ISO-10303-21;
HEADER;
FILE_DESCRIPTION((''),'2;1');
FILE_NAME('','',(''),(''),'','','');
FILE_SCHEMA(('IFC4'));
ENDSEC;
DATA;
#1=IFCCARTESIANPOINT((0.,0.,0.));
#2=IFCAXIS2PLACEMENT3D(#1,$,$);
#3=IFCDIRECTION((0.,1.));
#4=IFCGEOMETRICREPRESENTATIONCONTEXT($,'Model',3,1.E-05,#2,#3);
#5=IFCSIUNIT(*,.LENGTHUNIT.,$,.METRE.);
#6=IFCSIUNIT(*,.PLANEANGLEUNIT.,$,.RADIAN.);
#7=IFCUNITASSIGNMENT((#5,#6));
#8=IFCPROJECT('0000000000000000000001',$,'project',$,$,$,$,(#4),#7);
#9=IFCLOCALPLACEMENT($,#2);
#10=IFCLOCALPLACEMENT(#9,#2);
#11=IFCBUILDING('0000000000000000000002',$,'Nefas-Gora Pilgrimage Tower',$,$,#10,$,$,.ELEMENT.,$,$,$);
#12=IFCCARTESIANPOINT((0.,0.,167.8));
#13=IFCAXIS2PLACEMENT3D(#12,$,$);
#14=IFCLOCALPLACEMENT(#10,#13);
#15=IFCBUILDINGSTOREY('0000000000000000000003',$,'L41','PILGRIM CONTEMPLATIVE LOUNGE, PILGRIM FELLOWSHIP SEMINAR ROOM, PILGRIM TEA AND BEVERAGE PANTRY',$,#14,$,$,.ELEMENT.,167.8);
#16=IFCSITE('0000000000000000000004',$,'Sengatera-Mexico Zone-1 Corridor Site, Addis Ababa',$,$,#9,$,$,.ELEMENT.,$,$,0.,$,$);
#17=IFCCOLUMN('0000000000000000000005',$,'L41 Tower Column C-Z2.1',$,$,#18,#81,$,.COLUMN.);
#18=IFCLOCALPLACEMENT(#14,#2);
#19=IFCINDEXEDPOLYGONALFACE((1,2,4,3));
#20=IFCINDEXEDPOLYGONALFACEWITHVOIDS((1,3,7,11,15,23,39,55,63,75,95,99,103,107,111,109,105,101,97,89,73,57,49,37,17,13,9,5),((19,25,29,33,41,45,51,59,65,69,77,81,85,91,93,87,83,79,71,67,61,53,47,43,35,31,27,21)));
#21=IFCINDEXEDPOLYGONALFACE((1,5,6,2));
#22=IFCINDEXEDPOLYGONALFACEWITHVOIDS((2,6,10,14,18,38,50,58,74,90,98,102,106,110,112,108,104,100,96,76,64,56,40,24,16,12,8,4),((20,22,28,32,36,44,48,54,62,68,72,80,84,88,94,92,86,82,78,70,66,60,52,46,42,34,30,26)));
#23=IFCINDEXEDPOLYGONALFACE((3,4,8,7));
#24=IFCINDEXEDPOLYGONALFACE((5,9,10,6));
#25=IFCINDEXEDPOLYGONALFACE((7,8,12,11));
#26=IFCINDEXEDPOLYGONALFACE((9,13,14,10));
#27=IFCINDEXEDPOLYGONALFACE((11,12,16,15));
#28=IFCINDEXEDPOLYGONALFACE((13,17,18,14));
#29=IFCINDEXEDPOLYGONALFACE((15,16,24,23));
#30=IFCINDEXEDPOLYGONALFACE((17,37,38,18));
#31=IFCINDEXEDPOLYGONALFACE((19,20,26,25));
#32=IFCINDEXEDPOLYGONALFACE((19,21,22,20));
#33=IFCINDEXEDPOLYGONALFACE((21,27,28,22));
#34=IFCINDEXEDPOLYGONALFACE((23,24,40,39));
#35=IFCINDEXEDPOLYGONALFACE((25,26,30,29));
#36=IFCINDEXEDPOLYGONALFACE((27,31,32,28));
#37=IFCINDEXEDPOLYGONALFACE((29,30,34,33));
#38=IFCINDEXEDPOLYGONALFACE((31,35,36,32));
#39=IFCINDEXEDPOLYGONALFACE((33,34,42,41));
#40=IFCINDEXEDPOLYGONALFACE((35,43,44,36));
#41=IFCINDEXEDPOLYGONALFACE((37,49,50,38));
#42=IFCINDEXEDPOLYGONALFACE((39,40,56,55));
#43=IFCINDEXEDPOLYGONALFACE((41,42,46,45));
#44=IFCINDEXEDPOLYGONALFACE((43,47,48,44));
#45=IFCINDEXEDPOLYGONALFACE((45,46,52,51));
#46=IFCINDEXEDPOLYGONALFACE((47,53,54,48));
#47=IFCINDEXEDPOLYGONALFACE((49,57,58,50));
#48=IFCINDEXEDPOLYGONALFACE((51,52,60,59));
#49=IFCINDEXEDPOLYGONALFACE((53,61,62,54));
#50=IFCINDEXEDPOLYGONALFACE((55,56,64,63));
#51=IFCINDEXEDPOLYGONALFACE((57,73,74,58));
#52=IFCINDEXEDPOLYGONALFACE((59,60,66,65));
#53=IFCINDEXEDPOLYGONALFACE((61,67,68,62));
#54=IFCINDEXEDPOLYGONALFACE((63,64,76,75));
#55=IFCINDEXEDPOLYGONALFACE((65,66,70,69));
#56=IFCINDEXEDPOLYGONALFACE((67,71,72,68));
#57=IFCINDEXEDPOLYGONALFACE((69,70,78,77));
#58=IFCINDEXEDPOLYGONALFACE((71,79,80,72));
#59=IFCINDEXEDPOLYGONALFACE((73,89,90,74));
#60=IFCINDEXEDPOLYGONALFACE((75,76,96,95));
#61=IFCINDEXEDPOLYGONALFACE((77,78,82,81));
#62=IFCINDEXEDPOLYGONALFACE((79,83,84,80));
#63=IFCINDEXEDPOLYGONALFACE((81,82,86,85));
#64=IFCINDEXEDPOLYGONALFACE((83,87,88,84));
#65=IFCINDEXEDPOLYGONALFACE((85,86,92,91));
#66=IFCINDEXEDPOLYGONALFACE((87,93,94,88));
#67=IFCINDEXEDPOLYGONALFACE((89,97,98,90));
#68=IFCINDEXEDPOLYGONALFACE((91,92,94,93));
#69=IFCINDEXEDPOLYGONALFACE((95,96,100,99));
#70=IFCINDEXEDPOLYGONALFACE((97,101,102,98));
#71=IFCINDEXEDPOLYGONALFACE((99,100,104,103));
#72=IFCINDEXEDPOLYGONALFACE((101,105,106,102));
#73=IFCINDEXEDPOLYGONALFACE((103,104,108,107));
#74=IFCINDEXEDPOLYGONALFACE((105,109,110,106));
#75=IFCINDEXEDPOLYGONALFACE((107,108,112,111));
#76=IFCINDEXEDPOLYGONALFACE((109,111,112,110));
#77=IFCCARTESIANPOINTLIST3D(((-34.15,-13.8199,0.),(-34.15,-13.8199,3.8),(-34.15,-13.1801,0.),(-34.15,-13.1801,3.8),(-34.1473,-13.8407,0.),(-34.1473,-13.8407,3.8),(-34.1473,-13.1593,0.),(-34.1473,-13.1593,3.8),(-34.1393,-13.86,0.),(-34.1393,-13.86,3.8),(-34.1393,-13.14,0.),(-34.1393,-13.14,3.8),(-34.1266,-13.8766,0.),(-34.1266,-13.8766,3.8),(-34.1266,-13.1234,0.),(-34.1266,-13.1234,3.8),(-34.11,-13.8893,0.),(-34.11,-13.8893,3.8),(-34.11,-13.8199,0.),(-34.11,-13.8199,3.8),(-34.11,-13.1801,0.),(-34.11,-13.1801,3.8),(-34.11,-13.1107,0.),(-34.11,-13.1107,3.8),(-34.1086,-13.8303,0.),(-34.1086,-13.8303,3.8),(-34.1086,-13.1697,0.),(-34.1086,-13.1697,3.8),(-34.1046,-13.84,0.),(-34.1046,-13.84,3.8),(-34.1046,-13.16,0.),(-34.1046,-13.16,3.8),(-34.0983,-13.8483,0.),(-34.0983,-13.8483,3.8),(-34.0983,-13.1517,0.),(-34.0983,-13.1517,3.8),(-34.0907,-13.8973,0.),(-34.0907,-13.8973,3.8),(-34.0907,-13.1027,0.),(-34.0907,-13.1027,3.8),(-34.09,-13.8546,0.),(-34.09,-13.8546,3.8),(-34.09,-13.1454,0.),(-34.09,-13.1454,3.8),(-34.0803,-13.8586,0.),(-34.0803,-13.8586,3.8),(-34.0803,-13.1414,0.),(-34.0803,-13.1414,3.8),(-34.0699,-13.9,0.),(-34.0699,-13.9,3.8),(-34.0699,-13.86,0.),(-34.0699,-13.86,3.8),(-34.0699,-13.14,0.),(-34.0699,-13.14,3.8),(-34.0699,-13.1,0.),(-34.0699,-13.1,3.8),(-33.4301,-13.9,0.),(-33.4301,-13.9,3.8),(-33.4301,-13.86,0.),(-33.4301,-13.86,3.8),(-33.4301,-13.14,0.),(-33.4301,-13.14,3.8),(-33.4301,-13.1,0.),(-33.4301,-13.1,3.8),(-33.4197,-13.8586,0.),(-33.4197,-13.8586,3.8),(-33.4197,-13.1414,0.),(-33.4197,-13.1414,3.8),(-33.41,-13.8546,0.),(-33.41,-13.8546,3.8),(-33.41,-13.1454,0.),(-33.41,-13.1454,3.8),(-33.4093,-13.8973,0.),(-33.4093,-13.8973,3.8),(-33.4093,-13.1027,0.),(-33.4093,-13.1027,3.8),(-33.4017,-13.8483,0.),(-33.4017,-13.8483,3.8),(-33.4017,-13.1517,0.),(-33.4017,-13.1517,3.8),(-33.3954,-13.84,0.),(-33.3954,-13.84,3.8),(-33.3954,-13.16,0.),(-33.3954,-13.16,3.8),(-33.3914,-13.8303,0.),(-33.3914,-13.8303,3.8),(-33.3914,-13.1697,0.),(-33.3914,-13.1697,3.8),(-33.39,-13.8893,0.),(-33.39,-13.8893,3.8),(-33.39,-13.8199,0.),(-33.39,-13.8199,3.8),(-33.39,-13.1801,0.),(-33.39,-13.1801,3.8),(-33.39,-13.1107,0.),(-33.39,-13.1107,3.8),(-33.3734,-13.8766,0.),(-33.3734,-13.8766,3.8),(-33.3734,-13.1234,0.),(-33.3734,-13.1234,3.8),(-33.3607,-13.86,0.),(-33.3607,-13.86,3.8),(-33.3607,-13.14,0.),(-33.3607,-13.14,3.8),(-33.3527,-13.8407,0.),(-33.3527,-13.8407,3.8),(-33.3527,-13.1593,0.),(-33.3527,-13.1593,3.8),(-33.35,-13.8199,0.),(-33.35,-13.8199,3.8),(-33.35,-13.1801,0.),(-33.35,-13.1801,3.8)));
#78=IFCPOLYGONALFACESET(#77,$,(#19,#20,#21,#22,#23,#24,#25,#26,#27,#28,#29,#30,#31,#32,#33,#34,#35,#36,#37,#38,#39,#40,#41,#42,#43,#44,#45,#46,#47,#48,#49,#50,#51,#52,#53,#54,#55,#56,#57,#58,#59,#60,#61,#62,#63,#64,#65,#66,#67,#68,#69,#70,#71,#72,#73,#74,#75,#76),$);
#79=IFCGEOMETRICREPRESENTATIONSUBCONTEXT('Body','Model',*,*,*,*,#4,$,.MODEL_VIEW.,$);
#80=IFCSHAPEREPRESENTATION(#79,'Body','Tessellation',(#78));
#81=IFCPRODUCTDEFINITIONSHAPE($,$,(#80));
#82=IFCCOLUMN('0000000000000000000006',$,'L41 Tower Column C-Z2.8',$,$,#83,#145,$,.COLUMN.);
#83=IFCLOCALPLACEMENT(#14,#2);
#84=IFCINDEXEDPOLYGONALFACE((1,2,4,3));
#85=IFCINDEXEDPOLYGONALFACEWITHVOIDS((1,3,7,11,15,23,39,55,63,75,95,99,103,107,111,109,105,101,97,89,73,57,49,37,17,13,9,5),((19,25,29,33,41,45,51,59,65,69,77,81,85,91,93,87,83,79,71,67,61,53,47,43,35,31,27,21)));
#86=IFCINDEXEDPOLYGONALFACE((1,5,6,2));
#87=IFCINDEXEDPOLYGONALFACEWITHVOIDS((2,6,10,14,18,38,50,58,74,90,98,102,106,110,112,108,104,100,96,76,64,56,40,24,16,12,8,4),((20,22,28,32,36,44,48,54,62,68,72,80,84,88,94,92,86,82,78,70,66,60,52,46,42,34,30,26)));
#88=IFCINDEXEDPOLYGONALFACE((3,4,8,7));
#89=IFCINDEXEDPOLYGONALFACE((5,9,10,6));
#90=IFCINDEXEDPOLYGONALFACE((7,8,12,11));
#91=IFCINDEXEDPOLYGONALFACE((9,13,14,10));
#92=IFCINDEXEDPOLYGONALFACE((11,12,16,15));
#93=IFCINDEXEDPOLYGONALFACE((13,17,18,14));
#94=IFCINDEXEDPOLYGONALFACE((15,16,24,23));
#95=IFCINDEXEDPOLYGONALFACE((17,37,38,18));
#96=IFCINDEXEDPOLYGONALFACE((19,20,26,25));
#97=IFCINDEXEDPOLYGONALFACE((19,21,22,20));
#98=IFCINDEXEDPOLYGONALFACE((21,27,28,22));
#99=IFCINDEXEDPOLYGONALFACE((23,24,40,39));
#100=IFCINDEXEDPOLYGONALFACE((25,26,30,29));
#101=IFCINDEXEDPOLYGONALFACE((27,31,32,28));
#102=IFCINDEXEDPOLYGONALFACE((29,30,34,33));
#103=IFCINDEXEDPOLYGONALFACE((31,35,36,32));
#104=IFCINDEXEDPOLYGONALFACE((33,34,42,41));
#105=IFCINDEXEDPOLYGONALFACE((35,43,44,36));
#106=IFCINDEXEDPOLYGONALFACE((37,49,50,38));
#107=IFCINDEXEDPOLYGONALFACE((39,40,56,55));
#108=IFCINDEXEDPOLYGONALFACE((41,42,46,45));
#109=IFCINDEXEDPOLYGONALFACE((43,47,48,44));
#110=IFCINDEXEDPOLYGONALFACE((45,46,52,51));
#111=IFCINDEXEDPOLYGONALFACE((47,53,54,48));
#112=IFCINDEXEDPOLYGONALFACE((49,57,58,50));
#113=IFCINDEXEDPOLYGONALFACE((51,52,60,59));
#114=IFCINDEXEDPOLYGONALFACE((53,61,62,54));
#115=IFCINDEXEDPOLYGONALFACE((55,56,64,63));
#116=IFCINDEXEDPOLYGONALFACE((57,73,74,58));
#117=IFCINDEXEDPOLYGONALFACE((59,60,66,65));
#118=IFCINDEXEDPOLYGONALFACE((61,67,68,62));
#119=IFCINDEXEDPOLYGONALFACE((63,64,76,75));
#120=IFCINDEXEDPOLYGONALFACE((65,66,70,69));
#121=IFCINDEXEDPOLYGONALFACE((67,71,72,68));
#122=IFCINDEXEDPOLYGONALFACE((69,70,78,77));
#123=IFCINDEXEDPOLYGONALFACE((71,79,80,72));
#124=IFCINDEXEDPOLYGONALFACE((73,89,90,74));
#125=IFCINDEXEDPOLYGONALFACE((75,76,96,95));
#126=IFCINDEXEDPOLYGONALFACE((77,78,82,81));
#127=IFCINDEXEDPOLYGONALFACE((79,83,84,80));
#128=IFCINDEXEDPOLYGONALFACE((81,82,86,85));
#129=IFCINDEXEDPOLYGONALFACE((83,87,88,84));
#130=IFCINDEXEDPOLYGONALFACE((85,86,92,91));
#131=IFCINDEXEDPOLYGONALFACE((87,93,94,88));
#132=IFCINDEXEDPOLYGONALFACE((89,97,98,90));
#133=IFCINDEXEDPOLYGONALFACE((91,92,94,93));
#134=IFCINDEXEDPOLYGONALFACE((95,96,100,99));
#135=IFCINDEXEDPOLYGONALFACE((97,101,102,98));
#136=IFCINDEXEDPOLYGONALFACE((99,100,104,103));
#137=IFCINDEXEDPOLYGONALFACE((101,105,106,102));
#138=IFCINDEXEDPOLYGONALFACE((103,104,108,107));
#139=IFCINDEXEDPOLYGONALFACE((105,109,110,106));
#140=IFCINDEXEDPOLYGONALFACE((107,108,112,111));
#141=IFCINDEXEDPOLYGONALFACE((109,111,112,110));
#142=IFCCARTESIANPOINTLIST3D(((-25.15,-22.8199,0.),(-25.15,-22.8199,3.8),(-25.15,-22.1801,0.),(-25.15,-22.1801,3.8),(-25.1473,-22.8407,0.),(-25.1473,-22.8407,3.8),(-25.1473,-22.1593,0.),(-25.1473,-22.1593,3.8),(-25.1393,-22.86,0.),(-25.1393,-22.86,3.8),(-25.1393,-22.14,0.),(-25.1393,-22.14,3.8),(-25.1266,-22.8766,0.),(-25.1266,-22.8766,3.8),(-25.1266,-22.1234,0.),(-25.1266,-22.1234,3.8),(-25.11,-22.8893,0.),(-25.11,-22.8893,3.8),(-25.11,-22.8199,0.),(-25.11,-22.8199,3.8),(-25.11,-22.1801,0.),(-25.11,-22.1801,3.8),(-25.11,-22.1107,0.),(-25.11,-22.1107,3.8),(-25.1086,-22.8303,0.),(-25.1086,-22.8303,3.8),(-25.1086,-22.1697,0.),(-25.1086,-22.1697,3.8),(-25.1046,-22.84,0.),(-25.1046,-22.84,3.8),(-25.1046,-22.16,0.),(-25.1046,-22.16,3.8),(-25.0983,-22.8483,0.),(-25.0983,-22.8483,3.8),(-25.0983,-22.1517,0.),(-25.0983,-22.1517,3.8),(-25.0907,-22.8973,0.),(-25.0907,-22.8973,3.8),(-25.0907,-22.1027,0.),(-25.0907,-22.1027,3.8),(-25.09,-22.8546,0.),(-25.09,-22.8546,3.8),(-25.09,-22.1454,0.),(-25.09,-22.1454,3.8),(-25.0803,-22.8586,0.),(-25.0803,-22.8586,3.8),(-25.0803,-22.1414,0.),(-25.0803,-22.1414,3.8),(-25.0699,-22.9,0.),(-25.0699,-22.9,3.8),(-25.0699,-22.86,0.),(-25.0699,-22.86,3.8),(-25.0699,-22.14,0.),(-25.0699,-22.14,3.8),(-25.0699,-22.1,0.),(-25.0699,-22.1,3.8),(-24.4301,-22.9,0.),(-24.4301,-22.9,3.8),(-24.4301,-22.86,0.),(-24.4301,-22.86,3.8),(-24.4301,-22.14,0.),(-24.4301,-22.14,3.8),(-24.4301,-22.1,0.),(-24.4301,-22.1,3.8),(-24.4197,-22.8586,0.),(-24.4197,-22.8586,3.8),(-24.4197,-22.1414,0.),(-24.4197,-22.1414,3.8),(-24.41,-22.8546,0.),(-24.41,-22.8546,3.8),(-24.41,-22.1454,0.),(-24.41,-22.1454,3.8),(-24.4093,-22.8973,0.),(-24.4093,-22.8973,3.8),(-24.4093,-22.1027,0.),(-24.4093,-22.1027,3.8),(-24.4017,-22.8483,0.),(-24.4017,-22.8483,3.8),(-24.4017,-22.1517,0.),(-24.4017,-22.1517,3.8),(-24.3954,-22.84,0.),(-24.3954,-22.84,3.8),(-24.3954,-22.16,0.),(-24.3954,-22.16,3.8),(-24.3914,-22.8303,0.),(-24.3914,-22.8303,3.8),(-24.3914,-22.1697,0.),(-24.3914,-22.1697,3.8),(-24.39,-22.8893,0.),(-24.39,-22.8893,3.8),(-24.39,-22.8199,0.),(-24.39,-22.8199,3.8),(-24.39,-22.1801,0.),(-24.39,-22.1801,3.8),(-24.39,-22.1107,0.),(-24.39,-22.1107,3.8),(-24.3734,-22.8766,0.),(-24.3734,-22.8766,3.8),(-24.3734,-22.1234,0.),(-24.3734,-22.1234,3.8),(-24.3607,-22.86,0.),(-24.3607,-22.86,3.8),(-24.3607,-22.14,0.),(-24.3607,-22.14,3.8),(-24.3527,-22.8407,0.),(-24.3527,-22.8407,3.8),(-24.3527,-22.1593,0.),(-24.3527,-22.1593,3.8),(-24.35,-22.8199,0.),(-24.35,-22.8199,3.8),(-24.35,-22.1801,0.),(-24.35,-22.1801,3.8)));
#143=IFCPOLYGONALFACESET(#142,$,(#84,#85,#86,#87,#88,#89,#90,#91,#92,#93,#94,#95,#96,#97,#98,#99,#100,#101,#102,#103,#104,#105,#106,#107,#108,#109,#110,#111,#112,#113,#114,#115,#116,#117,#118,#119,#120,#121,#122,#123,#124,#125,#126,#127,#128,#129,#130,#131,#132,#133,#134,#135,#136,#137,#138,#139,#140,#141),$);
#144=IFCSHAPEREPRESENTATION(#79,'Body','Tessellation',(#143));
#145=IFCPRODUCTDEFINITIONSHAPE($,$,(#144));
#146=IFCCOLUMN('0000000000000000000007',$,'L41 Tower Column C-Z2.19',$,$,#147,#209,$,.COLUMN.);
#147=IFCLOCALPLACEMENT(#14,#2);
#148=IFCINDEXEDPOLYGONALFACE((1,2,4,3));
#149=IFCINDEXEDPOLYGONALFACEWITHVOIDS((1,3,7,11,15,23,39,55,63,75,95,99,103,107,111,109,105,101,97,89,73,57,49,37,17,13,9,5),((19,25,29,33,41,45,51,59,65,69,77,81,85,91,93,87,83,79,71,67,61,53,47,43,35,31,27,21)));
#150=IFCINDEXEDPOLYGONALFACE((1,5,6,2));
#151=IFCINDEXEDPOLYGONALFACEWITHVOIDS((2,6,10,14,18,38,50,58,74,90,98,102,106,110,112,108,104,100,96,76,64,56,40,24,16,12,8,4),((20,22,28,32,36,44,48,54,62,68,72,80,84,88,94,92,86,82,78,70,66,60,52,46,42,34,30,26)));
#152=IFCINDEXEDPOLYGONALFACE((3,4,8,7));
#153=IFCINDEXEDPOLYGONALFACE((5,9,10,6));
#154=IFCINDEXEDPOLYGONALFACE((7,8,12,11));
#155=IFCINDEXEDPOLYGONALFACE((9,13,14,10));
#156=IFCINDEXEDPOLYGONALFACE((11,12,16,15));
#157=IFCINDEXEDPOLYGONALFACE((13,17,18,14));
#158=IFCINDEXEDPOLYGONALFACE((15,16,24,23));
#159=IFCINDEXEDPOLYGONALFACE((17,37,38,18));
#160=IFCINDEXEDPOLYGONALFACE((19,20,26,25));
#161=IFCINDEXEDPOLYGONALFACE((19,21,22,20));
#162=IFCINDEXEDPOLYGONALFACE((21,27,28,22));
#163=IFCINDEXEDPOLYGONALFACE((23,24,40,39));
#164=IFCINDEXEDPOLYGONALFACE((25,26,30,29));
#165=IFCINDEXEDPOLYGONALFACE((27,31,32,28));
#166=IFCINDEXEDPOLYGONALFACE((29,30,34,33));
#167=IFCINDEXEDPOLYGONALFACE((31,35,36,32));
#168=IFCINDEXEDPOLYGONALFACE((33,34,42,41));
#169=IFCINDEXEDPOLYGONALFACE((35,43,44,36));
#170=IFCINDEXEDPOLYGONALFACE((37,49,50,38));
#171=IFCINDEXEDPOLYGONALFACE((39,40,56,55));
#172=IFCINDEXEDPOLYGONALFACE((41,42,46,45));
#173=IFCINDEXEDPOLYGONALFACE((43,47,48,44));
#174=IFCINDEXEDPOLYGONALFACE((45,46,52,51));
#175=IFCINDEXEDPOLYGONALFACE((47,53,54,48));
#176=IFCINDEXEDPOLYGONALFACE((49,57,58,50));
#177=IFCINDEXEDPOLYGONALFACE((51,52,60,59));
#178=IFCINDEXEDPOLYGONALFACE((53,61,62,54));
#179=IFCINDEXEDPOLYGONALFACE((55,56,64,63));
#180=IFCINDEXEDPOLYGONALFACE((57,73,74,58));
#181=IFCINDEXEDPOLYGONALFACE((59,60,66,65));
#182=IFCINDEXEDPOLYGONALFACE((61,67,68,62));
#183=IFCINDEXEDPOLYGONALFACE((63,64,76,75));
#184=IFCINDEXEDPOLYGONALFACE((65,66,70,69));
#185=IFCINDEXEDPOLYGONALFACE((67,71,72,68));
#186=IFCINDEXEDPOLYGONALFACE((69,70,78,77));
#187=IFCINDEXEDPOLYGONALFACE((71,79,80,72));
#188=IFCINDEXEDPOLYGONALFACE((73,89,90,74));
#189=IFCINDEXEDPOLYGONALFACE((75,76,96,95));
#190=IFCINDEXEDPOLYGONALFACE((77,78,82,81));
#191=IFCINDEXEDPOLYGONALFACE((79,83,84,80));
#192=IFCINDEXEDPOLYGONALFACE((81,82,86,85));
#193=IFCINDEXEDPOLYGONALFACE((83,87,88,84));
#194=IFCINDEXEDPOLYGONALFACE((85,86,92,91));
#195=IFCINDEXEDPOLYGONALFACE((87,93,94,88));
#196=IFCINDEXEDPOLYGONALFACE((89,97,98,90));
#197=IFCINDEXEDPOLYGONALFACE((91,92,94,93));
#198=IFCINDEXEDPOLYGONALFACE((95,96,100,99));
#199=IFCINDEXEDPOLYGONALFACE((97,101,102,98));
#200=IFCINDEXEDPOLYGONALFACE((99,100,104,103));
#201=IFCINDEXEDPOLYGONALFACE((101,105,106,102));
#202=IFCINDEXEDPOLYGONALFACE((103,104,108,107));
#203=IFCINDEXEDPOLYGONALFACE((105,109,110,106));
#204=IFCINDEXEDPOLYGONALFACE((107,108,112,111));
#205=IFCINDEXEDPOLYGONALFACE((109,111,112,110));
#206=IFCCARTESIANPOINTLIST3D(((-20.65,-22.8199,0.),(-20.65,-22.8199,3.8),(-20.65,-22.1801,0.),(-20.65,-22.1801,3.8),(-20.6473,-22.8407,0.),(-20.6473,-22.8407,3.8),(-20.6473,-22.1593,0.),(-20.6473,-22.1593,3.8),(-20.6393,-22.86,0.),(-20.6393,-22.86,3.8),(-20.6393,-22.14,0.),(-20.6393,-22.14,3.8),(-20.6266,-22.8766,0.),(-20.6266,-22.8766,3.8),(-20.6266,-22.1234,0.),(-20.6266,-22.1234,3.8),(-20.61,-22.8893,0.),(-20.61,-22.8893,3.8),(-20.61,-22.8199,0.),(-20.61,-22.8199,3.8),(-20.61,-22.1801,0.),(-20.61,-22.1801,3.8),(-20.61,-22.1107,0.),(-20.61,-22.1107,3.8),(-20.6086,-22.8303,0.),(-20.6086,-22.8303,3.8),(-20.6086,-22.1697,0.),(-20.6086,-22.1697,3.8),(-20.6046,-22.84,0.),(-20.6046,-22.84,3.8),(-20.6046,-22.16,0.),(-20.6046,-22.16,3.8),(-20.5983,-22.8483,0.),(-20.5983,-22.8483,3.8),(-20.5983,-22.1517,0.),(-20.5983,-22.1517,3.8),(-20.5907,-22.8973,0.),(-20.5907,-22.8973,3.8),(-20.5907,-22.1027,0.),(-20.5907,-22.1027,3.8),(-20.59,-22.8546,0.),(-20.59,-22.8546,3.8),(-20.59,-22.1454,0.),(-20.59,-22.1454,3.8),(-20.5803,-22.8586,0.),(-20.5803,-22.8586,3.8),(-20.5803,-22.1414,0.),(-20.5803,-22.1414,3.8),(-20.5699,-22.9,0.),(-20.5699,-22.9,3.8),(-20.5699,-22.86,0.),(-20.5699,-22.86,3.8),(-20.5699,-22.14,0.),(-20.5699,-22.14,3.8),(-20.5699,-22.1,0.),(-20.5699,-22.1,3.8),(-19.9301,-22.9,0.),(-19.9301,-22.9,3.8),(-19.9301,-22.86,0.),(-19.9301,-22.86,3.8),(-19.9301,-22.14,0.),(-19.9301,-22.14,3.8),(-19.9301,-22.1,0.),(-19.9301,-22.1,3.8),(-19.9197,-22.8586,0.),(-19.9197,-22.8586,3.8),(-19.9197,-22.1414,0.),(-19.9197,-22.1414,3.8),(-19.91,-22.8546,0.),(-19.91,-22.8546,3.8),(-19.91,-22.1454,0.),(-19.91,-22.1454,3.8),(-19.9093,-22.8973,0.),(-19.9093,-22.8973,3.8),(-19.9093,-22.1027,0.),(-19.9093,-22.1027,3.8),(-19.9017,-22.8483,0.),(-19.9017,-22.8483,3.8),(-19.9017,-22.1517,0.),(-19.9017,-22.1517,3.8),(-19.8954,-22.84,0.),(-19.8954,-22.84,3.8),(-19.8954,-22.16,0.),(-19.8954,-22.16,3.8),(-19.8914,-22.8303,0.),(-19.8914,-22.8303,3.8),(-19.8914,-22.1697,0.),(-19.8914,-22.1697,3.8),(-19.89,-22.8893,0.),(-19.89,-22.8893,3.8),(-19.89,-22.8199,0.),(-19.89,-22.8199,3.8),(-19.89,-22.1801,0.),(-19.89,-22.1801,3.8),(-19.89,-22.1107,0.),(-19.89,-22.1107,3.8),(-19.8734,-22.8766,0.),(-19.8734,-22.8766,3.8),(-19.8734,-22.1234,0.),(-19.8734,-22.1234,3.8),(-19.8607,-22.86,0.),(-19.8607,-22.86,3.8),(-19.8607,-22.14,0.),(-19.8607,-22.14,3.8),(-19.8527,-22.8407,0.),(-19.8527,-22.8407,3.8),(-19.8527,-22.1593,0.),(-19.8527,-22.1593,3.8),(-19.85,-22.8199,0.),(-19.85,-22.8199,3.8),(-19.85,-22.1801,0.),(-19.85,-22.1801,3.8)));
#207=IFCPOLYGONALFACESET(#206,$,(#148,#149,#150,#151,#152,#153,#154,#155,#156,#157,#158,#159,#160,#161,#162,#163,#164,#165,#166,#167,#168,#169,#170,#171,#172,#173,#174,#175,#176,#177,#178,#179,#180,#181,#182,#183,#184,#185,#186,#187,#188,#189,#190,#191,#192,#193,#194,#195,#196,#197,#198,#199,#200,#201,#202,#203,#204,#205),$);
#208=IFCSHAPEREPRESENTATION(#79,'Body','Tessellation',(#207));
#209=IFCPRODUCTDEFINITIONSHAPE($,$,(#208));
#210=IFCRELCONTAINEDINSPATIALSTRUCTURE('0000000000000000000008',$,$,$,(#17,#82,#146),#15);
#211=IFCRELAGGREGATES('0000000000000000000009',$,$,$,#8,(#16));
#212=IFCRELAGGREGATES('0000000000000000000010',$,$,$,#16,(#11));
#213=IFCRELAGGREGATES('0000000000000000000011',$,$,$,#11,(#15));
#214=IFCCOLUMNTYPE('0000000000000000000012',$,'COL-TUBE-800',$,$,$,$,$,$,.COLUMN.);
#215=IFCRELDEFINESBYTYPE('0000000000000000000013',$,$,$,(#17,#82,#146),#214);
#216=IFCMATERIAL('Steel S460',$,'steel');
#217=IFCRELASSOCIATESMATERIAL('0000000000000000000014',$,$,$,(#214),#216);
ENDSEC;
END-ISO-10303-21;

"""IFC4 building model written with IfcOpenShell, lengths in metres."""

from ifc_helpers import new_model, si_unit, direction, frame, origin, origin_2d, place, context, subcontext, project, spatial, hollow_rectangle, extrude, source, transform, mapped, material, material_profile, profile_set, type_object, element, save


model = new_model("IFC4")

# Units and contexts
model_context = context("Model", 3, precision=1e-05, world=origin(), true_north=direction((0.0, 1.0)))
body_context = subcontext(model_context, "Body", "Model", "MODEL_VIEW")
ifc_project = project(units=[si_unit("LENGTHUNIT", "METRE"), si_unit("PLANEANGLEUNIT", "RADIAN")], contexts=[model_context])

# Site, building, storey
site_placement = place(None, origin())
site = spatial("IfcSite", under=ifc_project, at=site_placement, Name="Sengatera-Mexico Zone-1 Corridor Site, Addis Ababa", CompositionType="ELEMENT", RefElevation=0.0)
building_placement = place(site_placement, origin())
building = spatial("IfcBuilding", under=site, at=building_placement, Name="Nefas-Gora Pilgrimage Tower", CompositionType="ELEMENT")
storey_placement = place(building_placement, frame((0.0, 0.0, 167.8)))
storey = spatial("IfcBuildingStorey", under=building, at=storey_placement, Name="L41", Description="PILGRIM CONTEMPLATIVE LOUNGE, PILGRIM FELLOWSHIP SEMINAR ROOM, PILGRIM TEA AND BEVERAGE PANTRY", CompositionType="ELEMENT", Elevation=167.8)

# Columns
ifc_material_1 = material(Name="Steel S460", Category="steel")
ifc_material_profile_1 = material_profile(ifc_material_1, hollow_rectangle(XDim=0.8, YDim=0.8, WallThickness=0.04, InnerFilletRadius=0.04, OuterFilletRadius=0.0801, at=origin_2d()), Name="BOX 800x800x40")
ifc_profile_set_1 = profile_set([ifc_material_profile_1], Name="Steel S460")
column_type_1 = type_object("IfcColumnType", Name="COL-TUBE-800", PredefinedType="COLUMN", material=ifc_profile_set_1)
shared_shape_1 = source(origin(), body_context, "Body", "SweptSolid", [
    extrude(hollow_rectangle(XDim=0.8, YDim=0.8, WallThickness=0.04, InnerFilletRadius=0.04, OuterFilletRadius=0.0801, at=origin_2d()), origin(), (0.0, 0.0, 1.0), 3.8),
])
for number, where, z_axis, x_axis, name in (
    (1, (-33.75, -13.5, 0.0), (0.0, 0.0, 1.0), (1.0, 0.0, 0.0), "L41 Tower Column C-Z2.1"),
    (2, (-24.75, -22.5, 0.0), (0.0, 0.0, 1.0), (1.0, 0.0, 0.0), "L41 Tower Column C-Z2.8"),
    (3, (-20.25, -22.5, 0.0), (0.0, 0.0, 1.0), (1.0, 0.0, 0.0), "L41 Tower Column C-Z2.19"),
):
    element("IfcColumn", number, at=place(storey_placement, frame(where, z_axis=z_axis, x_axis=x_axis)), inside=storey, type_object=column_type_1, Name=name, PredefinedType="COLUMN", context=body_context, shape_type="MappedRepresentation", body=[
        mapped(shared_shape_1, transform((0.0, 0.0, 0.0), x_axis=(1.0, 0.0, 0.0), y_axis=(0.0, 1.0, 0.0), z_axis=(0.0, 0.0, 1.0), scale=1.0)),
    ])

save(model, "model.ifc")
